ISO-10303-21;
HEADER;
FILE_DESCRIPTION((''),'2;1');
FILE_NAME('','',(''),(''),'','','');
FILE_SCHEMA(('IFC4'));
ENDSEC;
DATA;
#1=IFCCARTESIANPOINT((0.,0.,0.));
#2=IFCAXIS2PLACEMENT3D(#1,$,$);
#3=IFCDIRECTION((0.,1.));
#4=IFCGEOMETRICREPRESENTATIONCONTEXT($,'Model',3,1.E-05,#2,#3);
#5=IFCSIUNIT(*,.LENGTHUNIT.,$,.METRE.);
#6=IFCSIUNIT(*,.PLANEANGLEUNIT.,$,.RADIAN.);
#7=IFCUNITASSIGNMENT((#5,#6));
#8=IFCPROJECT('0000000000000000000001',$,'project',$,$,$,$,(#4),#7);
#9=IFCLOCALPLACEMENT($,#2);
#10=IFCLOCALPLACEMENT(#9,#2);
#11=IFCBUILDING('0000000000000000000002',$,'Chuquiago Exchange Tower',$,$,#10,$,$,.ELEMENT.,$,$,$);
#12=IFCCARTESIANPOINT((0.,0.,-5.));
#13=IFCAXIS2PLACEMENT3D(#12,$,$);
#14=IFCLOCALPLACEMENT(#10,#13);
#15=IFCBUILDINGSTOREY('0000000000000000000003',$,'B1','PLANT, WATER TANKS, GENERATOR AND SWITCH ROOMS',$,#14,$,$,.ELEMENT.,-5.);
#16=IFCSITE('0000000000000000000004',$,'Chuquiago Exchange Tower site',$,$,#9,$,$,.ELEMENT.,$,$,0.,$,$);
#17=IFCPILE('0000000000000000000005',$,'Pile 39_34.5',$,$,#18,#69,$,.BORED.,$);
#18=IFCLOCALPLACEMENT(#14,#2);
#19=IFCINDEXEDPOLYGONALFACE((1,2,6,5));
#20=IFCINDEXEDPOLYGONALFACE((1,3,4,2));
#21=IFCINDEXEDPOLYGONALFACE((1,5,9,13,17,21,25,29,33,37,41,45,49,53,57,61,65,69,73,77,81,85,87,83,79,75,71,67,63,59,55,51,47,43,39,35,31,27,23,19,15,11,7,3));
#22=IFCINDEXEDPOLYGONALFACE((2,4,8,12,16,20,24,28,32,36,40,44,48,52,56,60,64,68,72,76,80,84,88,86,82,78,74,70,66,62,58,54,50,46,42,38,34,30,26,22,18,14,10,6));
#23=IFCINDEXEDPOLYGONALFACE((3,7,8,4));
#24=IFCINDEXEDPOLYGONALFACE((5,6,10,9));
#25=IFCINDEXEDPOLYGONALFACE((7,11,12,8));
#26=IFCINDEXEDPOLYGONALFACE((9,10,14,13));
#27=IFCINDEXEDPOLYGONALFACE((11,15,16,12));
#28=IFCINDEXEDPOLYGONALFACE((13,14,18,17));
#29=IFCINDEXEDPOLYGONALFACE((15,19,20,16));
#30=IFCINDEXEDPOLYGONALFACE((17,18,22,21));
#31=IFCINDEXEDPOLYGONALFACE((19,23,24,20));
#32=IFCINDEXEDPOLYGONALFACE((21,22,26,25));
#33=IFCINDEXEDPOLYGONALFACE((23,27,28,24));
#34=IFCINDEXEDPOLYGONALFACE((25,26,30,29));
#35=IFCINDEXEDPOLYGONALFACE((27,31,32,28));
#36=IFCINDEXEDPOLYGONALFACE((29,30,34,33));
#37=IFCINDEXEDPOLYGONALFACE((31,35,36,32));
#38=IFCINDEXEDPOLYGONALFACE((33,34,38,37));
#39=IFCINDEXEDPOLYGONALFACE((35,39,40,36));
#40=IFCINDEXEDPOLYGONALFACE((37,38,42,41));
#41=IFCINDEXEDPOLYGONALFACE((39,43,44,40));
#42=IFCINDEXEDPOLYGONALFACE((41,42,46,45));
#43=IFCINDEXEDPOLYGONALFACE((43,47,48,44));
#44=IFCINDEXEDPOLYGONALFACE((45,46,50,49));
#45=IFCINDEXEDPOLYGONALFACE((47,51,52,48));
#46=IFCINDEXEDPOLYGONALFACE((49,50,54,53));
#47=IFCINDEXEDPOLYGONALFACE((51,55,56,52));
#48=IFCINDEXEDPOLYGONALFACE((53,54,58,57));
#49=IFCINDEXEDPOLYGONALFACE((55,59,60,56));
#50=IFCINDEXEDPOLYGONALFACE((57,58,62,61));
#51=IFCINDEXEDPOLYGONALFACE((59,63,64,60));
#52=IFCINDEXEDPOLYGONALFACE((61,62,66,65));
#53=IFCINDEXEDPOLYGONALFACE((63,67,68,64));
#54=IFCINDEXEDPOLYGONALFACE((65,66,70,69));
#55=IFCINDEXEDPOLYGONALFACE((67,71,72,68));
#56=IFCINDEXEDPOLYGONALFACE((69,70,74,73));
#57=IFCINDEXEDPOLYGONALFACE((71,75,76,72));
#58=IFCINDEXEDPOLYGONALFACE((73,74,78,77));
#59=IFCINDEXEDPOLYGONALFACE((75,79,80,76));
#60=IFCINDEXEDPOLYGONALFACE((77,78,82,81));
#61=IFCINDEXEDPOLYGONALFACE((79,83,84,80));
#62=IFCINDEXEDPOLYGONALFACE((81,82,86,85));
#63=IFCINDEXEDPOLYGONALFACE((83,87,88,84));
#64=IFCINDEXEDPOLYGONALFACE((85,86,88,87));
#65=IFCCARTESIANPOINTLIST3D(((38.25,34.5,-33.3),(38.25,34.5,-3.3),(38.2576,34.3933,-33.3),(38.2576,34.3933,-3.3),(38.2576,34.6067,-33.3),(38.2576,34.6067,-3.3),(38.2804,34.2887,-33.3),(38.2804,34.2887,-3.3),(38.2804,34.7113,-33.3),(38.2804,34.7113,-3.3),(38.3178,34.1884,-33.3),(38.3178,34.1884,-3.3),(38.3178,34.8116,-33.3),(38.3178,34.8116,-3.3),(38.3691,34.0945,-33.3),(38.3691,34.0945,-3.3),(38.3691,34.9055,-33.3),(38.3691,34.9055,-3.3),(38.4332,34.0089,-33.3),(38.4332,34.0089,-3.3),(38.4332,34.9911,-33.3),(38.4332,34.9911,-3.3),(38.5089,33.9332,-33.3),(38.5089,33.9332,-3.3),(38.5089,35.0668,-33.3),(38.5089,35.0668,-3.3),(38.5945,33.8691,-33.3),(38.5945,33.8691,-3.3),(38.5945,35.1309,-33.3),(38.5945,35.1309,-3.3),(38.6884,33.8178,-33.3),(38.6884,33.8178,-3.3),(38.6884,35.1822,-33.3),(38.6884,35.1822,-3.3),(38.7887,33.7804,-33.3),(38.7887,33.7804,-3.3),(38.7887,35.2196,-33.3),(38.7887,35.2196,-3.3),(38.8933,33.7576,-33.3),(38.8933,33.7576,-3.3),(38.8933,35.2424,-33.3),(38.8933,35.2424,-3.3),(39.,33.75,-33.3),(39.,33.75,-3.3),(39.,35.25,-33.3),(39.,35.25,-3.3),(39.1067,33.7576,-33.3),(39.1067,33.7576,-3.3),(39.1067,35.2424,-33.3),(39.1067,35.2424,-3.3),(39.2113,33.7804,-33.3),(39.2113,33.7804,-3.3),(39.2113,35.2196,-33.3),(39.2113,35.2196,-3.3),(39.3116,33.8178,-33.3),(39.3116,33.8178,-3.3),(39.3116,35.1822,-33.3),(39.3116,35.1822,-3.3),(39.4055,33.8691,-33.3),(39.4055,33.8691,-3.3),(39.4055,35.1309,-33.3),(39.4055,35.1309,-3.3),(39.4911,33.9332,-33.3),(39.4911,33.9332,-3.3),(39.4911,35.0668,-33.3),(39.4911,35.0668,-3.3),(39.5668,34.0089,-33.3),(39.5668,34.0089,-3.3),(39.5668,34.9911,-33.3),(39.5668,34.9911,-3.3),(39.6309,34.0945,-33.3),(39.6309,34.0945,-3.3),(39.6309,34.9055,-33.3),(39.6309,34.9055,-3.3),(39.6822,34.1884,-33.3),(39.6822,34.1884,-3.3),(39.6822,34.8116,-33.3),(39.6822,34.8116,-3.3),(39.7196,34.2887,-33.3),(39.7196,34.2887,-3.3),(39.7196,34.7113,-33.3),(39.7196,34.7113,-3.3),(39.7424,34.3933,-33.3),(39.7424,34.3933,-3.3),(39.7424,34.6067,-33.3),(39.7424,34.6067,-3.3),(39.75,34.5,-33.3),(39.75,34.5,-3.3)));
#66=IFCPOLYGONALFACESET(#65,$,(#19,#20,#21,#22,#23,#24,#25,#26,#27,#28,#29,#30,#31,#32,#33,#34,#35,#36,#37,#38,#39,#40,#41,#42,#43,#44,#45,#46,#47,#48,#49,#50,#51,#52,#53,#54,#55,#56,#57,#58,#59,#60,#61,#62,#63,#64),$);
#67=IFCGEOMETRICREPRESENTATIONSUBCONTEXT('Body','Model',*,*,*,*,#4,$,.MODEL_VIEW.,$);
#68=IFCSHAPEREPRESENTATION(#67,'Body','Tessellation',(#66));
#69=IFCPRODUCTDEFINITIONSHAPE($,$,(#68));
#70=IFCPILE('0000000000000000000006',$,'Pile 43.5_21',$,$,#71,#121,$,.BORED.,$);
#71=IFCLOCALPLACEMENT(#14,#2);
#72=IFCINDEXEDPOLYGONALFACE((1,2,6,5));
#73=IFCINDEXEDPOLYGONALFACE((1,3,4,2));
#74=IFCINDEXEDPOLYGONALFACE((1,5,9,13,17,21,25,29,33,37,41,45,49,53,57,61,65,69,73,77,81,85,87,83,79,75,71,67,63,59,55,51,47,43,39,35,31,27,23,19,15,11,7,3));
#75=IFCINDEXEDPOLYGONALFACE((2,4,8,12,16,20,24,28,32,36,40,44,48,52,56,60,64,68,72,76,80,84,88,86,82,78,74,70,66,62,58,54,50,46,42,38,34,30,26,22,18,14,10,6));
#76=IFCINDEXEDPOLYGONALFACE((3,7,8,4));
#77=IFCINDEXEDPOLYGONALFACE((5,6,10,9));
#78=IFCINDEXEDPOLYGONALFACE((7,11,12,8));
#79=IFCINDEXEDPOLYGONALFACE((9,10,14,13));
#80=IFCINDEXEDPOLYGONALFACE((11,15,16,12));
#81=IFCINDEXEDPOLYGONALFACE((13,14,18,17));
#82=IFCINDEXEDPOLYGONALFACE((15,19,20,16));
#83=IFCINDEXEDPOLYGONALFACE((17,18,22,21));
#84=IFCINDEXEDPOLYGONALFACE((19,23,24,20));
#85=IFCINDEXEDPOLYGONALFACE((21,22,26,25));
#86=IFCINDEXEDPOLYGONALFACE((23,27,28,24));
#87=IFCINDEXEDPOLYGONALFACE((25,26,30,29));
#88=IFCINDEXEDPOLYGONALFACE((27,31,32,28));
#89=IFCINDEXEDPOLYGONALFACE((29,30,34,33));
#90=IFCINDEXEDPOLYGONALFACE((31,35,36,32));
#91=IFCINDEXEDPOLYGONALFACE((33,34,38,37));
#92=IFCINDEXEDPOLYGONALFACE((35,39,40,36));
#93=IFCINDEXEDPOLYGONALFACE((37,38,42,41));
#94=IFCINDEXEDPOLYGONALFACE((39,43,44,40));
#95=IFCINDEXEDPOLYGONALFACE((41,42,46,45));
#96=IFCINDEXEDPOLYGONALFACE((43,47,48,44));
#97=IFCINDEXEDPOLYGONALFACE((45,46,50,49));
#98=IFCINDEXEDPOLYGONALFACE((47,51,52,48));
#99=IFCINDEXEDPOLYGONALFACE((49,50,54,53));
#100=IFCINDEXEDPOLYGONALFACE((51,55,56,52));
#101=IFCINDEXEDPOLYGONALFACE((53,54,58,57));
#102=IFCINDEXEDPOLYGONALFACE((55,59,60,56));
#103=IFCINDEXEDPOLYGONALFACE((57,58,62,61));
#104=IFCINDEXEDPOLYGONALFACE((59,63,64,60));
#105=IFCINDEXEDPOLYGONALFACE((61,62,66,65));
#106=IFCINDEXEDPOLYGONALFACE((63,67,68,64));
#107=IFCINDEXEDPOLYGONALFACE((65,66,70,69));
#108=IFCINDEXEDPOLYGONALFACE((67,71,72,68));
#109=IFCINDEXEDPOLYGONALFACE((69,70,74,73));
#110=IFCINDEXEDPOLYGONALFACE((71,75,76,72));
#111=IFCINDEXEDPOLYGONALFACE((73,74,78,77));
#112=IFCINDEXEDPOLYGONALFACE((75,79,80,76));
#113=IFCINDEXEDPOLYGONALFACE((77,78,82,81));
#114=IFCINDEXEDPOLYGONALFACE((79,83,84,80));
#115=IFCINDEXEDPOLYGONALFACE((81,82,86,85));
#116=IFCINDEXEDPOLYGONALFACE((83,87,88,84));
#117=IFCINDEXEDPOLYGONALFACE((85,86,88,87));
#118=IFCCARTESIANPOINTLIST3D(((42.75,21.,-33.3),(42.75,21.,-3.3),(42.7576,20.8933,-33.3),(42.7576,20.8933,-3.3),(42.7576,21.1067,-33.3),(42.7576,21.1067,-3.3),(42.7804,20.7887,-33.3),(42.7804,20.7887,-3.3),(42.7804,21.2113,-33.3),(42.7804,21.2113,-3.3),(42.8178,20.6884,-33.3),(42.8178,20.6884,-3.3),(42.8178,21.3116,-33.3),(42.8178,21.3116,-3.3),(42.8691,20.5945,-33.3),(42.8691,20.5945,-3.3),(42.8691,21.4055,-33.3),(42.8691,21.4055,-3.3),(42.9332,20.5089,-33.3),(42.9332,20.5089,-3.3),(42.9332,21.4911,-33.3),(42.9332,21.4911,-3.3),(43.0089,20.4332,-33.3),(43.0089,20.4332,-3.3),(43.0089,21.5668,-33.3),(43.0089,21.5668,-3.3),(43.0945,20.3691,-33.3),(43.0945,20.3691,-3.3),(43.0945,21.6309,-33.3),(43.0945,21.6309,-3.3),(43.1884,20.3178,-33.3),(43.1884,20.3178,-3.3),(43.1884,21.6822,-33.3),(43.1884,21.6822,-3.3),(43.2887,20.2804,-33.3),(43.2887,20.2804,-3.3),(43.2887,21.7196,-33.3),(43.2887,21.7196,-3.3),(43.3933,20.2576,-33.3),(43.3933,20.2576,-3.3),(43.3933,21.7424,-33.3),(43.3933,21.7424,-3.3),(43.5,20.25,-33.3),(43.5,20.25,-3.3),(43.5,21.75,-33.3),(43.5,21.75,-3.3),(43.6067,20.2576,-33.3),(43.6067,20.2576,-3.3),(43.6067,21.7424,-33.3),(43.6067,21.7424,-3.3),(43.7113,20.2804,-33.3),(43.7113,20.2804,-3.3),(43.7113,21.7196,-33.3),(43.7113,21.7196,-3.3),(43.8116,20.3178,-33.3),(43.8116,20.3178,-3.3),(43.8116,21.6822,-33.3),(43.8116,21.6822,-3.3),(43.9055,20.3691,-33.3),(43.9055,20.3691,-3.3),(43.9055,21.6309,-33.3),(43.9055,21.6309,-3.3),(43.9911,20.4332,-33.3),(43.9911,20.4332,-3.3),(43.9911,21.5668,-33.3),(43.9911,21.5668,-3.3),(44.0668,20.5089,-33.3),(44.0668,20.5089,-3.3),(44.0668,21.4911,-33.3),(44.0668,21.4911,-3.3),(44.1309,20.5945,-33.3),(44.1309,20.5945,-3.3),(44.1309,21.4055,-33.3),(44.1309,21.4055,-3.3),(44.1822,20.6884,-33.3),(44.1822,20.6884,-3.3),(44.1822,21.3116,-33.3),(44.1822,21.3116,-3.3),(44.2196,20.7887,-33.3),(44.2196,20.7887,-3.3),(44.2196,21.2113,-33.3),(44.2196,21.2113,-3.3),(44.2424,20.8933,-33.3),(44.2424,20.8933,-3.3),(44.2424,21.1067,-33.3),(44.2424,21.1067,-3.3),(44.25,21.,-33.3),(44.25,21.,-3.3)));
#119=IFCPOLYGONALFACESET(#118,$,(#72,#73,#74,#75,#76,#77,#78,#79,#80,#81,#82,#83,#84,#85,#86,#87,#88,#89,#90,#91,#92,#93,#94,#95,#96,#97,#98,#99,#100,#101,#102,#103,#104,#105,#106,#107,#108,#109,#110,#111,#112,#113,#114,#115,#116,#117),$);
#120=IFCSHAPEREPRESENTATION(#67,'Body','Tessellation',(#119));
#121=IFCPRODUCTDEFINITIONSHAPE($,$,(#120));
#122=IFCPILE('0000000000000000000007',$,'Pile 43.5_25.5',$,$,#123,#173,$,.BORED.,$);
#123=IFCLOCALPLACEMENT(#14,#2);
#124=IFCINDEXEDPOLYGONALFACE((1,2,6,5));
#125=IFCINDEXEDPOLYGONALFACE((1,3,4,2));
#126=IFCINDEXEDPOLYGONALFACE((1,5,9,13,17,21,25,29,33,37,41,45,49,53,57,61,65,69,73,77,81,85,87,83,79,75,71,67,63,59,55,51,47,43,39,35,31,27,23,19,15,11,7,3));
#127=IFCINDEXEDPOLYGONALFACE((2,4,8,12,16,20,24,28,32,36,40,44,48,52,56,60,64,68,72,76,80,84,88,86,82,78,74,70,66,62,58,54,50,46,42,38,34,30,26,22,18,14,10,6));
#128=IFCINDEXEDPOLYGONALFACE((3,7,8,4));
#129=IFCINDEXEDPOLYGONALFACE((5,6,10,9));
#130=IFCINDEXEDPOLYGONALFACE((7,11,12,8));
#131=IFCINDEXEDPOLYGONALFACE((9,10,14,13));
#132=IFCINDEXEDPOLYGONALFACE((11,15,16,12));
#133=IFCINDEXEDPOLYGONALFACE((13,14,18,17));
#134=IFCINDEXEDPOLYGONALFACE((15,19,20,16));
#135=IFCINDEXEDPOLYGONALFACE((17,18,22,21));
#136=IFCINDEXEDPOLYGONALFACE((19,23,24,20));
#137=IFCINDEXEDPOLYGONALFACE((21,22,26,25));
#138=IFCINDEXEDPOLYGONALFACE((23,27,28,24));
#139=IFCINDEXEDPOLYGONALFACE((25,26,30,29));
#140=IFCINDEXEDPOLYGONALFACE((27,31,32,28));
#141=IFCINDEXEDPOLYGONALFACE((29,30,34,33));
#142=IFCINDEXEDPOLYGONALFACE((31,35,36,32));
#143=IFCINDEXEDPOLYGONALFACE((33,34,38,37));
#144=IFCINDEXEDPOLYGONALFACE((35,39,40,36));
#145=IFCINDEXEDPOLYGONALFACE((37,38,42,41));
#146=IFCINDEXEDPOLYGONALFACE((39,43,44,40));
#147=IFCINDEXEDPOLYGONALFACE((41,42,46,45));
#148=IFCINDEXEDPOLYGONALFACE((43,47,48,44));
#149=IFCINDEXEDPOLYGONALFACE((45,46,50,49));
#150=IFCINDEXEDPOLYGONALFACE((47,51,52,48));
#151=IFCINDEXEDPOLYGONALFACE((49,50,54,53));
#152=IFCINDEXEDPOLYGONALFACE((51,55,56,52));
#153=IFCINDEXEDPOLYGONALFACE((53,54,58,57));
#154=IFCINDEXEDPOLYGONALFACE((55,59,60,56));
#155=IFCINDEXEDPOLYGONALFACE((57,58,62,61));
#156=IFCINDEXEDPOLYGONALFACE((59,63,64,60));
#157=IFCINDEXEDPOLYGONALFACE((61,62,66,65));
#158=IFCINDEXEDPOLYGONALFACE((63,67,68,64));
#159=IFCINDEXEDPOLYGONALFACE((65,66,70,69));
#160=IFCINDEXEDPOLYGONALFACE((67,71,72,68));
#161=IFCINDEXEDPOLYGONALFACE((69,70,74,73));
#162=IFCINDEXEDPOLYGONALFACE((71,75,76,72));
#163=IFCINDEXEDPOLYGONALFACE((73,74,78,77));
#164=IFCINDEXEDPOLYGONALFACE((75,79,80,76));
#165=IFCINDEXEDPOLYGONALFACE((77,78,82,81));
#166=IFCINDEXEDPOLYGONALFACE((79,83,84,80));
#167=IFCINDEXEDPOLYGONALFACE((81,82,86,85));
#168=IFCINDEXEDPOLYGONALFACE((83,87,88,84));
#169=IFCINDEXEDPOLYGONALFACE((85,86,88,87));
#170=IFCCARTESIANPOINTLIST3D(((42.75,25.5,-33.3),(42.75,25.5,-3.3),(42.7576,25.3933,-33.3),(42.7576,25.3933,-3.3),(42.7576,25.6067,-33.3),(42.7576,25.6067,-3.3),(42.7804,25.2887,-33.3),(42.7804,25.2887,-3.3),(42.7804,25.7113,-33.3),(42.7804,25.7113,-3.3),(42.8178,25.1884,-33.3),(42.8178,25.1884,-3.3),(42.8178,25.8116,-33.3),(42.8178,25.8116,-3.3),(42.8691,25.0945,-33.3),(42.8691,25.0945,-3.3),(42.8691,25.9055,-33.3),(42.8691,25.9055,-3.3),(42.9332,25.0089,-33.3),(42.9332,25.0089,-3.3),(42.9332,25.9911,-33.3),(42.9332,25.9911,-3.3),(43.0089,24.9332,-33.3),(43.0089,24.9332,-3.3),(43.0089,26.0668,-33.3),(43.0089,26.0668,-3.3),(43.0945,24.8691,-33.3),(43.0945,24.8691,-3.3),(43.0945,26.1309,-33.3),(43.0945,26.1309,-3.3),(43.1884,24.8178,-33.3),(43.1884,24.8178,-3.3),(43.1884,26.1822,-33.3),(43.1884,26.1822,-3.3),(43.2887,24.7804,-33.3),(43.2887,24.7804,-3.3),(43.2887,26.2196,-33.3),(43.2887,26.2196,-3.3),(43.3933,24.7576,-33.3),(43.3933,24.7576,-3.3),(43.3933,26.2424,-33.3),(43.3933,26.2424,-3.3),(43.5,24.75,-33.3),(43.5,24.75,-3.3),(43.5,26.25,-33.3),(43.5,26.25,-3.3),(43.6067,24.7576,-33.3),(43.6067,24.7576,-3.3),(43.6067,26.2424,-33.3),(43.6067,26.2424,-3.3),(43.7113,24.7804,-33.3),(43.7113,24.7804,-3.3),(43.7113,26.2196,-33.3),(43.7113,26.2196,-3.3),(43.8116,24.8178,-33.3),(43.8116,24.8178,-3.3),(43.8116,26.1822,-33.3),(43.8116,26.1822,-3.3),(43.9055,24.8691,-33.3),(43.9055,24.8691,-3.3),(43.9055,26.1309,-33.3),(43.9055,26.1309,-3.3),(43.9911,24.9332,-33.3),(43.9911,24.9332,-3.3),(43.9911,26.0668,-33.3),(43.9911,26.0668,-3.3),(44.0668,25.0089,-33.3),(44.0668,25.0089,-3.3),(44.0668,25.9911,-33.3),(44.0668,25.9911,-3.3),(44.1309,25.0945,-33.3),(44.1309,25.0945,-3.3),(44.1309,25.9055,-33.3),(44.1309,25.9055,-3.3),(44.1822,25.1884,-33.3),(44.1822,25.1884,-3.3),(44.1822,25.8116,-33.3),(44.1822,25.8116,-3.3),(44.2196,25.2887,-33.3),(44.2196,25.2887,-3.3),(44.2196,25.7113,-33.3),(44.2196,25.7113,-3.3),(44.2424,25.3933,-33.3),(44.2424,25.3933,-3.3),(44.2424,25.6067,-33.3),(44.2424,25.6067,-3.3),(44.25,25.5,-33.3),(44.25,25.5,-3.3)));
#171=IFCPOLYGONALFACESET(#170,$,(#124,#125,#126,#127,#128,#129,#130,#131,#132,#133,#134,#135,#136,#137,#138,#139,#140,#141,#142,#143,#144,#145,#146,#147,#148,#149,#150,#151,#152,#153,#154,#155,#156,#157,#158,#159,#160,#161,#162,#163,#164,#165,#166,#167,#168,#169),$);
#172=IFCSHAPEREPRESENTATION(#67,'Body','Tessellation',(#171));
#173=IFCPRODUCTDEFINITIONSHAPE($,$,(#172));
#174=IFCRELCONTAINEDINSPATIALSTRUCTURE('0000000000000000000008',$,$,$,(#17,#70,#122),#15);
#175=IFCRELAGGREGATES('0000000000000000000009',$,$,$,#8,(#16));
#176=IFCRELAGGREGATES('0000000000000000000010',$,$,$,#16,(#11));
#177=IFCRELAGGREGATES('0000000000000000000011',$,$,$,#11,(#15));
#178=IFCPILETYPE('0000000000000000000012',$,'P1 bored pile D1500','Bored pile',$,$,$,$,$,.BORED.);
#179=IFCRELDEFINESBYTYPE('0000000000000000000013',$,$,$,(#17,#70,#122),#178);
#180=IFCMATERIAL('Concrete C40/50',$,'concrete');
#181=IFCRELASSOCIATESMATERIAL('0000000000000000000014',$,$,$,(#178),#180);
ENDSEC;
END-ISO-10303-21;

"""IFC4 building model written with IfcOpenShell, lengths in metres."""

from ifc_helpers import new_model, si_unit, direction, frame, origin, origin_2d, place, context, subcontext, project, spatial, circle, extrude, material, material_profile, profile_set, type_object, element, save


model = new_model("IFC4")

# Units and contexts
model_context = context("Model", 3, precision=1e-05, world=origin(), true_north=direction((0.0, 1.0)))
body_context = subcontext(model_context, "Body", "Model", "MODEL_VIEW")
ifc_project = project(units=[si_unit("LENGTHUNIT", "METRE"), si_unit("PLANEANGLEUNIT", "RADIAN")], contexts=[model_context])

# Site, building, storey
site_placement = place(None, origin())
site = spatial("IfcSite", under=ifc_project, at=site_placement, Name="Chuquiago Exchange Tower site", CompositionType="ELEMENT", RefElevation=0.0)
building_placement = place(site_placement, origin())
building = spatial("IfcBuilding", under=site, at=building_placement, Name="Chuquiago Exchange Tower", CompositionType="ELEMENT")
storey_placement = place(building_placement, frame((0.0, 0.0, -5.0)))
storey = spatial("IfcBuildingStorey", under=building, at=storey_placement, Name="B1", Description="PLANT, WATER TANKS, GENERATOR AND SWITCH ROOMS", CompositionType="ELEMENT", Elevation=-5.0)

# Piles
ifc_material_1 = material(Name="Concrete C40/50", Category="concrete")
ifc_material_profile_1 = material_profile(ifc_material_1, circle(Radius=0.75, at=origin_2d()), Name="D1500")
ifc_profile_set_1 = profile_set([ifc_material_profile_1], Name="Concrete C40/50")
pile_type = type_object("IfcPileType", Name="P1 bored pile D1500", Description="Bored pile", PredefinedType="BORED", material=ifc_profile_set_1)
for number, where, z_axis, x_axis, name in (
    (1, (39.0, 34.5, -3.3), (0.0, 0.0, -1.0), (1.0, 0.0, 0.0), "Pile 39_34.5"),
    (2, (43.5, 21.0, -3.3), (0.0, 0.0, -1.0), (1.0, 0.0, 0.0), "Pile 43.5_21"),
    (3, (43.5, 25.5, -3.3), (0.0, 0.0, -1.0), (1.0, 0.0, 0.0), "Pile 43.5_25.5"),
):
    element("IfcPile", number, at=place(storey_placement, frame(where, z_axis=z_axis, x_axis=x_axis)), inside=storey, type_object=pile_type, Name=name, PredefinedType="BORED", context=body_context, shape_type="SweptSolid", body=[
        extrude(circle(Radius=0.75, at=origin_2d()), origin(), (0.0, 0.0, 1.0), 30.0),
    ])

save(model, "model.ifc")
